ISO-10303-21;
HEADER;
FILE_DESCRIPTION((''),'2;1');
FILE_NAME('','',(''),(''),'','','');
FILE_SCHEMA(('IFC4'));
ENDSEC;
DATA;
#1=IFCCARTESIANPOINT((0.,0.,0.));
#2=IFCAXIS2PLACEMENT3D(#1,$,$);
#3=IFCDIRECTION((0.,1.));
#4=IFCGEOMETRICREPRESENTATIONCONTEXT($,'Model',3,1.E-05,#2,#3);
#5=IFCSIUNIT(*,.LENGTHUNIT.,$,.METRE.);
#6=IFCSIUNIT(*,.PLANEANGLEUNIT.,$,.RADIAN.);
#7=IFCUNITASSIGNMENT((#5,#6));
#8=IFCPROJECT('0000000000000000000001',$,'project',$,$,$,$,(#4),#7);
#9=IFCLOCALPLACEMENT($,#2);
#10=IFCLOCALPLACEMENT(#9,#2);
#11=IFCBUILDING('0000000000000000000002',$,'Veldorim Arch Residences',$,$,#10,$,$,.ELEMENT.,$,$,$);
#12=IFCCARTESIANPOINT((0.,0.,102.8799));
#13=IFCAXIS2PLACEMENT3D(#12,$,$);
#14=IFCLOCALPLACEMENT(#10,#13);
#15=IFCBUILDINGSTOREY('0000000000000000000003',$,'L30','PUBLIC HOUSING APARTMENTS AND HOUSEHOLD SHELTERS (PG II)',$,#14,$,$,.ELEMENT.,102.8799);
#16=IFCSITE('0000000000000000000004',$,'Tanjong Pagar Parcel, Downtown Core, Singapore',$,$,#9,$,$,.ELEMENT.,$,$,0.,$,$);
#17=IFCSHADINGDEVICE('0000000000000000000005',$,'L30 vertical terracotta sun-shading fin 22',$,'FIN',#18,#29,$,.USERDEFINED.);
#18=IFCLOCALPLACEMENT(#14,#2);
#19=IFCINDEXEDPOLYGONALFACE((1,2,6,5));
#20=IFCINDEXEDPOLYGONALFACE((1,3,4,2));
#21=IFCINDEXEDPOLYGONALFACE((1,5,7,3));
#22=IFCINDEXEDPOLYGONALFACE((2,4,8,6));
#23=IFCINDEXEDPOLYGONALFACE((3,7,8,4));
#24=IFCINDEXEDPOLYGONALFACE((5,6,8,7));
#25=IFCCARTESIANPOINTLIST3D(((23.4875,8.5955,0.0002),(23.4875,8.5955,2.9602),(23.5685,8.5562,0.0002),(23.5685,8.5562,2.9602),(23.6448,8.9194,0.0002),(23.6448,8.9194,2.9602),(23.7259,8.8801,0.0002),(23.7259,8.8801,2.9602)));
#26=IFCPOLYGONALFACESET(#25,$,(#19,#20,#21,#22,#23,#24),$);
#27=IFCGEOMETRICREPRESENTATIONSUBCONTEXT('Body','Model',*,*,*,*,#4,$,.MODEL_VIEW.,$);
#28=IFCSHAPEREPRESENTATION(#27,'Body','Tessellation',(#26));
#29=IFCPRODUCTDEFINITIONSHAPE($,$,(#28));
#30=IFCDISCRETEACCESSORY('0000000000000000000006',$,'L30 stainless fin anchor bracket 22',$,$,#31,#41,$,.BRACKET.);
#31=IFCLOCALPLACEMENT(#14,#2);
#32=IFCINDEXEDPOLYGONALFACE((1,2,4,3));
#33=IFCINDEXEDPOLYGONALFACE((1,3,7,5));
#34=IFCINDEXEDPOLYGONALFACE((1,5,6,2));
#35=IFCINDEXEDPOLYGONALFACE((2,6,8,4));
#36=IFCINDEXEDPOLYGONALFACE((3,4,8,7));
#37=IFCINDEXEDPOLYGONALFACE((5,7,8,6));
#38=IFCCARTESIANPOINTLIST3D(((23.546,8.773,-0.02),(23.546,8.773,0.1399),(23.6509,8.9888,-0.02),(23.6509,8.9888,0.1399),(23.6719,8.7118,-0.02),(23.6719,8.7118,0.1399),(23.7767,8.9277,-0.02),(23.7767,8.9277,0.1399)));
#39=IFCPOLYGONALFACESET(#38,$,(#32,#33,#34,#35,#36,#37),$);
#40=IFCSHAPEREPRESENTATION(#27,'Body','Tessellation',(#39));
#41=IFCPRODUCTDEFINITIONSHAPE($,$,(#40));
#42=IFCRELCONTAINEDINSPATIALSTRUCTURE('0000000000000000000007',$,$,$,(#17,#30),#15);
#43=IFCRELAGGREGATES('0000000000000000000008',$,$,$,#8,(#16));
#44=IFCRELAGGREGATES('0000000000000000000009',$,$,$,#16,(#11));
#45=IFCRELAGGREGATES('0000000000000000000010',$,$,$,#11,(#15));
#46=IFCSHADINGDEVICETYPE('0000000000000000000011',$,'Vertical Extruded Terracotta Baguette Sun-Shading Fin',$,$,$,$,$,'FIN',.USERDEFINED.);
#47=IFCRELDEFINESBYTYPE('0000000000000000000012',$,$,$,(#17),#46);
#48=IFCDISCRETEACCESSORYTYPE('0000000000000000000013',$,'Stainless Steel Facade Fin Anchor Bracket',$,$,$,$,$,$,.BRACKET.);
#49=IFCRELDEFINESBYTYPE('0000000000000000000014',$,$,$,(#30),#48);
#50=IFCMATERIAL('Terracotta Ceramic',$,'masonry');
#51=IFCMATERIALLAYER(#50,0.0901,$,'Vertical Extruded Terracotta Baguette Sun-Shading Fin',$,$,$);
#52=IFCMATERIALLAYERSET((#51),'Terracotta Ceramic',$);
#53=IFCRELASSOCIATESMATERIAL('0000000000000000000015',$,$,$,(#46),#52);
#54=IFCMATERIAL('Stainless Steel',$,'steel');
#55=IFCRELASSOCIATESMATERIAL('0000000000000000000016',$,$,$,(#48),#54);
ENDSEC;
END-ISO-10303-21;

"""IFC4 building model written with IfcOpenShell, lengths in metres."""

from ifc_helpers import new_model, si_unit, direction, frame, origin, origin_2d, place, context, subcontext, project, spatial, rectangle, extrude, material, layer, layer_set, type_object, element, save


model = new_model("IFC4")

# Units and contexts
model_context = context("Model", 3, precision=1e-05, world=origin(), true_north=direction((0.0, 1.0)))
body_context = subcontext(model_context, "Body", "Model", "MODEL_VIEW")
ifc_project = project(units=[si_unit("LENGTHUNIT", "METRE"), si_unit("PLANEANGLEUNIT", "RADIAN")], contexts=[model_context])

# Site, building, storey
site_placement = place(None, origin())
site = spatial("IfcSite", under=ifc_project, at=site_placement, Name="Tanjong Pagar Parcel, Downtown Core, Singapore", CompositionType="ELEMENT", RefElevation=0.0)
building_placement = place(site_placement, origin())
building = spatial("IfcBuilding", under=site, at=building_placement, Name="Veldorim Arch Residences", CompositionType="ELEMENT")
storey_placement = place(building_placement, frame((0.0, 0.0, 102.8799)))
storey = spatial("IfcBuildingStorey", under=building, at=storey_placement, Name="L30", Description="PUBLIC HOUSING APARTMENTS AND HOUSEHOLD SHELTERS (PG II)", CompositionType="ELEMENT", Elevation=102.8799)

# Shading device
ifc_material_1 = material(Name="Terracotta Ceramic", Category="masonry")
ifc_layer_1 = layer(ifc_material_1, 0.0901, Name="Vertical Extruded Terracotta Baguette Sun-Shading Fin")
ifc_layer_set_1 = layer_set([ifc_layer_1], Name="Terracotta Ceramic")
shading_device_type = type_object("IfcShadingDeviceType", Name="Vertical Extruded Terracotta Baguette Sun-Shading Fin", ElementType="FIN", PredefinedType="USERDEFINED", material=ifc_layer_set_1)
shading_device_placement = place(storey_placement, frame((23.6067, 8.7378, 0.0002), z_axis=(0.0, 0.0, 1.0), x_axis=(-0.899482, 0.436959, 0.0)))
element("IfcShadingDevice", 1, at=shading_device_placement, inside=storey, type_object=shading_device_type, Name="L30 vertical terracotta sun-shading fin 22", ObjectType="FIN", PredefinedType="USERDEFINED", context=body_context, shape_type="SweptSolid", body=[
    extrude(rectangle(XDim=0.0901, YDim=0.3601, at=origin_2d()), origin(), (0.0, 0.0, 1.0), 2.96),
])

# Discrete accessory
ifc_material_2 = material(Name="Stainless Steel", Category="steel")
discrete_accessory_type = type_object("IfcDiscreteAccessoryType", Name="Stainless Steel Facade Fin Anchor Bracket", PredefinedType="BRACKET", material=ifc_material_2)
discrete_accessory_placement = place(storey_placement, frame((23.6614, 8.8503, -0.02), z_axis=(0.0, 0.0, 1.0), x_axis=(-0.899482, 0.436959, 0.0)))
element("IfcDiscreteAccessory", 2, at=discrete_accessory_placement, inside=storey, type_object=discrete_accessory_type, Name="L30 stainless fin anchor bracket 22", PredefinedType="BRACKET", context=body_context, shape_type="SweptSolid", body=[
    extrude(rectangle(XDim=0.1399, YDim=0.24, at=origin_2d()), origin(), (0.0, 0.0, 1.0), 0.1599),
])

save(model, "model.ifc")
